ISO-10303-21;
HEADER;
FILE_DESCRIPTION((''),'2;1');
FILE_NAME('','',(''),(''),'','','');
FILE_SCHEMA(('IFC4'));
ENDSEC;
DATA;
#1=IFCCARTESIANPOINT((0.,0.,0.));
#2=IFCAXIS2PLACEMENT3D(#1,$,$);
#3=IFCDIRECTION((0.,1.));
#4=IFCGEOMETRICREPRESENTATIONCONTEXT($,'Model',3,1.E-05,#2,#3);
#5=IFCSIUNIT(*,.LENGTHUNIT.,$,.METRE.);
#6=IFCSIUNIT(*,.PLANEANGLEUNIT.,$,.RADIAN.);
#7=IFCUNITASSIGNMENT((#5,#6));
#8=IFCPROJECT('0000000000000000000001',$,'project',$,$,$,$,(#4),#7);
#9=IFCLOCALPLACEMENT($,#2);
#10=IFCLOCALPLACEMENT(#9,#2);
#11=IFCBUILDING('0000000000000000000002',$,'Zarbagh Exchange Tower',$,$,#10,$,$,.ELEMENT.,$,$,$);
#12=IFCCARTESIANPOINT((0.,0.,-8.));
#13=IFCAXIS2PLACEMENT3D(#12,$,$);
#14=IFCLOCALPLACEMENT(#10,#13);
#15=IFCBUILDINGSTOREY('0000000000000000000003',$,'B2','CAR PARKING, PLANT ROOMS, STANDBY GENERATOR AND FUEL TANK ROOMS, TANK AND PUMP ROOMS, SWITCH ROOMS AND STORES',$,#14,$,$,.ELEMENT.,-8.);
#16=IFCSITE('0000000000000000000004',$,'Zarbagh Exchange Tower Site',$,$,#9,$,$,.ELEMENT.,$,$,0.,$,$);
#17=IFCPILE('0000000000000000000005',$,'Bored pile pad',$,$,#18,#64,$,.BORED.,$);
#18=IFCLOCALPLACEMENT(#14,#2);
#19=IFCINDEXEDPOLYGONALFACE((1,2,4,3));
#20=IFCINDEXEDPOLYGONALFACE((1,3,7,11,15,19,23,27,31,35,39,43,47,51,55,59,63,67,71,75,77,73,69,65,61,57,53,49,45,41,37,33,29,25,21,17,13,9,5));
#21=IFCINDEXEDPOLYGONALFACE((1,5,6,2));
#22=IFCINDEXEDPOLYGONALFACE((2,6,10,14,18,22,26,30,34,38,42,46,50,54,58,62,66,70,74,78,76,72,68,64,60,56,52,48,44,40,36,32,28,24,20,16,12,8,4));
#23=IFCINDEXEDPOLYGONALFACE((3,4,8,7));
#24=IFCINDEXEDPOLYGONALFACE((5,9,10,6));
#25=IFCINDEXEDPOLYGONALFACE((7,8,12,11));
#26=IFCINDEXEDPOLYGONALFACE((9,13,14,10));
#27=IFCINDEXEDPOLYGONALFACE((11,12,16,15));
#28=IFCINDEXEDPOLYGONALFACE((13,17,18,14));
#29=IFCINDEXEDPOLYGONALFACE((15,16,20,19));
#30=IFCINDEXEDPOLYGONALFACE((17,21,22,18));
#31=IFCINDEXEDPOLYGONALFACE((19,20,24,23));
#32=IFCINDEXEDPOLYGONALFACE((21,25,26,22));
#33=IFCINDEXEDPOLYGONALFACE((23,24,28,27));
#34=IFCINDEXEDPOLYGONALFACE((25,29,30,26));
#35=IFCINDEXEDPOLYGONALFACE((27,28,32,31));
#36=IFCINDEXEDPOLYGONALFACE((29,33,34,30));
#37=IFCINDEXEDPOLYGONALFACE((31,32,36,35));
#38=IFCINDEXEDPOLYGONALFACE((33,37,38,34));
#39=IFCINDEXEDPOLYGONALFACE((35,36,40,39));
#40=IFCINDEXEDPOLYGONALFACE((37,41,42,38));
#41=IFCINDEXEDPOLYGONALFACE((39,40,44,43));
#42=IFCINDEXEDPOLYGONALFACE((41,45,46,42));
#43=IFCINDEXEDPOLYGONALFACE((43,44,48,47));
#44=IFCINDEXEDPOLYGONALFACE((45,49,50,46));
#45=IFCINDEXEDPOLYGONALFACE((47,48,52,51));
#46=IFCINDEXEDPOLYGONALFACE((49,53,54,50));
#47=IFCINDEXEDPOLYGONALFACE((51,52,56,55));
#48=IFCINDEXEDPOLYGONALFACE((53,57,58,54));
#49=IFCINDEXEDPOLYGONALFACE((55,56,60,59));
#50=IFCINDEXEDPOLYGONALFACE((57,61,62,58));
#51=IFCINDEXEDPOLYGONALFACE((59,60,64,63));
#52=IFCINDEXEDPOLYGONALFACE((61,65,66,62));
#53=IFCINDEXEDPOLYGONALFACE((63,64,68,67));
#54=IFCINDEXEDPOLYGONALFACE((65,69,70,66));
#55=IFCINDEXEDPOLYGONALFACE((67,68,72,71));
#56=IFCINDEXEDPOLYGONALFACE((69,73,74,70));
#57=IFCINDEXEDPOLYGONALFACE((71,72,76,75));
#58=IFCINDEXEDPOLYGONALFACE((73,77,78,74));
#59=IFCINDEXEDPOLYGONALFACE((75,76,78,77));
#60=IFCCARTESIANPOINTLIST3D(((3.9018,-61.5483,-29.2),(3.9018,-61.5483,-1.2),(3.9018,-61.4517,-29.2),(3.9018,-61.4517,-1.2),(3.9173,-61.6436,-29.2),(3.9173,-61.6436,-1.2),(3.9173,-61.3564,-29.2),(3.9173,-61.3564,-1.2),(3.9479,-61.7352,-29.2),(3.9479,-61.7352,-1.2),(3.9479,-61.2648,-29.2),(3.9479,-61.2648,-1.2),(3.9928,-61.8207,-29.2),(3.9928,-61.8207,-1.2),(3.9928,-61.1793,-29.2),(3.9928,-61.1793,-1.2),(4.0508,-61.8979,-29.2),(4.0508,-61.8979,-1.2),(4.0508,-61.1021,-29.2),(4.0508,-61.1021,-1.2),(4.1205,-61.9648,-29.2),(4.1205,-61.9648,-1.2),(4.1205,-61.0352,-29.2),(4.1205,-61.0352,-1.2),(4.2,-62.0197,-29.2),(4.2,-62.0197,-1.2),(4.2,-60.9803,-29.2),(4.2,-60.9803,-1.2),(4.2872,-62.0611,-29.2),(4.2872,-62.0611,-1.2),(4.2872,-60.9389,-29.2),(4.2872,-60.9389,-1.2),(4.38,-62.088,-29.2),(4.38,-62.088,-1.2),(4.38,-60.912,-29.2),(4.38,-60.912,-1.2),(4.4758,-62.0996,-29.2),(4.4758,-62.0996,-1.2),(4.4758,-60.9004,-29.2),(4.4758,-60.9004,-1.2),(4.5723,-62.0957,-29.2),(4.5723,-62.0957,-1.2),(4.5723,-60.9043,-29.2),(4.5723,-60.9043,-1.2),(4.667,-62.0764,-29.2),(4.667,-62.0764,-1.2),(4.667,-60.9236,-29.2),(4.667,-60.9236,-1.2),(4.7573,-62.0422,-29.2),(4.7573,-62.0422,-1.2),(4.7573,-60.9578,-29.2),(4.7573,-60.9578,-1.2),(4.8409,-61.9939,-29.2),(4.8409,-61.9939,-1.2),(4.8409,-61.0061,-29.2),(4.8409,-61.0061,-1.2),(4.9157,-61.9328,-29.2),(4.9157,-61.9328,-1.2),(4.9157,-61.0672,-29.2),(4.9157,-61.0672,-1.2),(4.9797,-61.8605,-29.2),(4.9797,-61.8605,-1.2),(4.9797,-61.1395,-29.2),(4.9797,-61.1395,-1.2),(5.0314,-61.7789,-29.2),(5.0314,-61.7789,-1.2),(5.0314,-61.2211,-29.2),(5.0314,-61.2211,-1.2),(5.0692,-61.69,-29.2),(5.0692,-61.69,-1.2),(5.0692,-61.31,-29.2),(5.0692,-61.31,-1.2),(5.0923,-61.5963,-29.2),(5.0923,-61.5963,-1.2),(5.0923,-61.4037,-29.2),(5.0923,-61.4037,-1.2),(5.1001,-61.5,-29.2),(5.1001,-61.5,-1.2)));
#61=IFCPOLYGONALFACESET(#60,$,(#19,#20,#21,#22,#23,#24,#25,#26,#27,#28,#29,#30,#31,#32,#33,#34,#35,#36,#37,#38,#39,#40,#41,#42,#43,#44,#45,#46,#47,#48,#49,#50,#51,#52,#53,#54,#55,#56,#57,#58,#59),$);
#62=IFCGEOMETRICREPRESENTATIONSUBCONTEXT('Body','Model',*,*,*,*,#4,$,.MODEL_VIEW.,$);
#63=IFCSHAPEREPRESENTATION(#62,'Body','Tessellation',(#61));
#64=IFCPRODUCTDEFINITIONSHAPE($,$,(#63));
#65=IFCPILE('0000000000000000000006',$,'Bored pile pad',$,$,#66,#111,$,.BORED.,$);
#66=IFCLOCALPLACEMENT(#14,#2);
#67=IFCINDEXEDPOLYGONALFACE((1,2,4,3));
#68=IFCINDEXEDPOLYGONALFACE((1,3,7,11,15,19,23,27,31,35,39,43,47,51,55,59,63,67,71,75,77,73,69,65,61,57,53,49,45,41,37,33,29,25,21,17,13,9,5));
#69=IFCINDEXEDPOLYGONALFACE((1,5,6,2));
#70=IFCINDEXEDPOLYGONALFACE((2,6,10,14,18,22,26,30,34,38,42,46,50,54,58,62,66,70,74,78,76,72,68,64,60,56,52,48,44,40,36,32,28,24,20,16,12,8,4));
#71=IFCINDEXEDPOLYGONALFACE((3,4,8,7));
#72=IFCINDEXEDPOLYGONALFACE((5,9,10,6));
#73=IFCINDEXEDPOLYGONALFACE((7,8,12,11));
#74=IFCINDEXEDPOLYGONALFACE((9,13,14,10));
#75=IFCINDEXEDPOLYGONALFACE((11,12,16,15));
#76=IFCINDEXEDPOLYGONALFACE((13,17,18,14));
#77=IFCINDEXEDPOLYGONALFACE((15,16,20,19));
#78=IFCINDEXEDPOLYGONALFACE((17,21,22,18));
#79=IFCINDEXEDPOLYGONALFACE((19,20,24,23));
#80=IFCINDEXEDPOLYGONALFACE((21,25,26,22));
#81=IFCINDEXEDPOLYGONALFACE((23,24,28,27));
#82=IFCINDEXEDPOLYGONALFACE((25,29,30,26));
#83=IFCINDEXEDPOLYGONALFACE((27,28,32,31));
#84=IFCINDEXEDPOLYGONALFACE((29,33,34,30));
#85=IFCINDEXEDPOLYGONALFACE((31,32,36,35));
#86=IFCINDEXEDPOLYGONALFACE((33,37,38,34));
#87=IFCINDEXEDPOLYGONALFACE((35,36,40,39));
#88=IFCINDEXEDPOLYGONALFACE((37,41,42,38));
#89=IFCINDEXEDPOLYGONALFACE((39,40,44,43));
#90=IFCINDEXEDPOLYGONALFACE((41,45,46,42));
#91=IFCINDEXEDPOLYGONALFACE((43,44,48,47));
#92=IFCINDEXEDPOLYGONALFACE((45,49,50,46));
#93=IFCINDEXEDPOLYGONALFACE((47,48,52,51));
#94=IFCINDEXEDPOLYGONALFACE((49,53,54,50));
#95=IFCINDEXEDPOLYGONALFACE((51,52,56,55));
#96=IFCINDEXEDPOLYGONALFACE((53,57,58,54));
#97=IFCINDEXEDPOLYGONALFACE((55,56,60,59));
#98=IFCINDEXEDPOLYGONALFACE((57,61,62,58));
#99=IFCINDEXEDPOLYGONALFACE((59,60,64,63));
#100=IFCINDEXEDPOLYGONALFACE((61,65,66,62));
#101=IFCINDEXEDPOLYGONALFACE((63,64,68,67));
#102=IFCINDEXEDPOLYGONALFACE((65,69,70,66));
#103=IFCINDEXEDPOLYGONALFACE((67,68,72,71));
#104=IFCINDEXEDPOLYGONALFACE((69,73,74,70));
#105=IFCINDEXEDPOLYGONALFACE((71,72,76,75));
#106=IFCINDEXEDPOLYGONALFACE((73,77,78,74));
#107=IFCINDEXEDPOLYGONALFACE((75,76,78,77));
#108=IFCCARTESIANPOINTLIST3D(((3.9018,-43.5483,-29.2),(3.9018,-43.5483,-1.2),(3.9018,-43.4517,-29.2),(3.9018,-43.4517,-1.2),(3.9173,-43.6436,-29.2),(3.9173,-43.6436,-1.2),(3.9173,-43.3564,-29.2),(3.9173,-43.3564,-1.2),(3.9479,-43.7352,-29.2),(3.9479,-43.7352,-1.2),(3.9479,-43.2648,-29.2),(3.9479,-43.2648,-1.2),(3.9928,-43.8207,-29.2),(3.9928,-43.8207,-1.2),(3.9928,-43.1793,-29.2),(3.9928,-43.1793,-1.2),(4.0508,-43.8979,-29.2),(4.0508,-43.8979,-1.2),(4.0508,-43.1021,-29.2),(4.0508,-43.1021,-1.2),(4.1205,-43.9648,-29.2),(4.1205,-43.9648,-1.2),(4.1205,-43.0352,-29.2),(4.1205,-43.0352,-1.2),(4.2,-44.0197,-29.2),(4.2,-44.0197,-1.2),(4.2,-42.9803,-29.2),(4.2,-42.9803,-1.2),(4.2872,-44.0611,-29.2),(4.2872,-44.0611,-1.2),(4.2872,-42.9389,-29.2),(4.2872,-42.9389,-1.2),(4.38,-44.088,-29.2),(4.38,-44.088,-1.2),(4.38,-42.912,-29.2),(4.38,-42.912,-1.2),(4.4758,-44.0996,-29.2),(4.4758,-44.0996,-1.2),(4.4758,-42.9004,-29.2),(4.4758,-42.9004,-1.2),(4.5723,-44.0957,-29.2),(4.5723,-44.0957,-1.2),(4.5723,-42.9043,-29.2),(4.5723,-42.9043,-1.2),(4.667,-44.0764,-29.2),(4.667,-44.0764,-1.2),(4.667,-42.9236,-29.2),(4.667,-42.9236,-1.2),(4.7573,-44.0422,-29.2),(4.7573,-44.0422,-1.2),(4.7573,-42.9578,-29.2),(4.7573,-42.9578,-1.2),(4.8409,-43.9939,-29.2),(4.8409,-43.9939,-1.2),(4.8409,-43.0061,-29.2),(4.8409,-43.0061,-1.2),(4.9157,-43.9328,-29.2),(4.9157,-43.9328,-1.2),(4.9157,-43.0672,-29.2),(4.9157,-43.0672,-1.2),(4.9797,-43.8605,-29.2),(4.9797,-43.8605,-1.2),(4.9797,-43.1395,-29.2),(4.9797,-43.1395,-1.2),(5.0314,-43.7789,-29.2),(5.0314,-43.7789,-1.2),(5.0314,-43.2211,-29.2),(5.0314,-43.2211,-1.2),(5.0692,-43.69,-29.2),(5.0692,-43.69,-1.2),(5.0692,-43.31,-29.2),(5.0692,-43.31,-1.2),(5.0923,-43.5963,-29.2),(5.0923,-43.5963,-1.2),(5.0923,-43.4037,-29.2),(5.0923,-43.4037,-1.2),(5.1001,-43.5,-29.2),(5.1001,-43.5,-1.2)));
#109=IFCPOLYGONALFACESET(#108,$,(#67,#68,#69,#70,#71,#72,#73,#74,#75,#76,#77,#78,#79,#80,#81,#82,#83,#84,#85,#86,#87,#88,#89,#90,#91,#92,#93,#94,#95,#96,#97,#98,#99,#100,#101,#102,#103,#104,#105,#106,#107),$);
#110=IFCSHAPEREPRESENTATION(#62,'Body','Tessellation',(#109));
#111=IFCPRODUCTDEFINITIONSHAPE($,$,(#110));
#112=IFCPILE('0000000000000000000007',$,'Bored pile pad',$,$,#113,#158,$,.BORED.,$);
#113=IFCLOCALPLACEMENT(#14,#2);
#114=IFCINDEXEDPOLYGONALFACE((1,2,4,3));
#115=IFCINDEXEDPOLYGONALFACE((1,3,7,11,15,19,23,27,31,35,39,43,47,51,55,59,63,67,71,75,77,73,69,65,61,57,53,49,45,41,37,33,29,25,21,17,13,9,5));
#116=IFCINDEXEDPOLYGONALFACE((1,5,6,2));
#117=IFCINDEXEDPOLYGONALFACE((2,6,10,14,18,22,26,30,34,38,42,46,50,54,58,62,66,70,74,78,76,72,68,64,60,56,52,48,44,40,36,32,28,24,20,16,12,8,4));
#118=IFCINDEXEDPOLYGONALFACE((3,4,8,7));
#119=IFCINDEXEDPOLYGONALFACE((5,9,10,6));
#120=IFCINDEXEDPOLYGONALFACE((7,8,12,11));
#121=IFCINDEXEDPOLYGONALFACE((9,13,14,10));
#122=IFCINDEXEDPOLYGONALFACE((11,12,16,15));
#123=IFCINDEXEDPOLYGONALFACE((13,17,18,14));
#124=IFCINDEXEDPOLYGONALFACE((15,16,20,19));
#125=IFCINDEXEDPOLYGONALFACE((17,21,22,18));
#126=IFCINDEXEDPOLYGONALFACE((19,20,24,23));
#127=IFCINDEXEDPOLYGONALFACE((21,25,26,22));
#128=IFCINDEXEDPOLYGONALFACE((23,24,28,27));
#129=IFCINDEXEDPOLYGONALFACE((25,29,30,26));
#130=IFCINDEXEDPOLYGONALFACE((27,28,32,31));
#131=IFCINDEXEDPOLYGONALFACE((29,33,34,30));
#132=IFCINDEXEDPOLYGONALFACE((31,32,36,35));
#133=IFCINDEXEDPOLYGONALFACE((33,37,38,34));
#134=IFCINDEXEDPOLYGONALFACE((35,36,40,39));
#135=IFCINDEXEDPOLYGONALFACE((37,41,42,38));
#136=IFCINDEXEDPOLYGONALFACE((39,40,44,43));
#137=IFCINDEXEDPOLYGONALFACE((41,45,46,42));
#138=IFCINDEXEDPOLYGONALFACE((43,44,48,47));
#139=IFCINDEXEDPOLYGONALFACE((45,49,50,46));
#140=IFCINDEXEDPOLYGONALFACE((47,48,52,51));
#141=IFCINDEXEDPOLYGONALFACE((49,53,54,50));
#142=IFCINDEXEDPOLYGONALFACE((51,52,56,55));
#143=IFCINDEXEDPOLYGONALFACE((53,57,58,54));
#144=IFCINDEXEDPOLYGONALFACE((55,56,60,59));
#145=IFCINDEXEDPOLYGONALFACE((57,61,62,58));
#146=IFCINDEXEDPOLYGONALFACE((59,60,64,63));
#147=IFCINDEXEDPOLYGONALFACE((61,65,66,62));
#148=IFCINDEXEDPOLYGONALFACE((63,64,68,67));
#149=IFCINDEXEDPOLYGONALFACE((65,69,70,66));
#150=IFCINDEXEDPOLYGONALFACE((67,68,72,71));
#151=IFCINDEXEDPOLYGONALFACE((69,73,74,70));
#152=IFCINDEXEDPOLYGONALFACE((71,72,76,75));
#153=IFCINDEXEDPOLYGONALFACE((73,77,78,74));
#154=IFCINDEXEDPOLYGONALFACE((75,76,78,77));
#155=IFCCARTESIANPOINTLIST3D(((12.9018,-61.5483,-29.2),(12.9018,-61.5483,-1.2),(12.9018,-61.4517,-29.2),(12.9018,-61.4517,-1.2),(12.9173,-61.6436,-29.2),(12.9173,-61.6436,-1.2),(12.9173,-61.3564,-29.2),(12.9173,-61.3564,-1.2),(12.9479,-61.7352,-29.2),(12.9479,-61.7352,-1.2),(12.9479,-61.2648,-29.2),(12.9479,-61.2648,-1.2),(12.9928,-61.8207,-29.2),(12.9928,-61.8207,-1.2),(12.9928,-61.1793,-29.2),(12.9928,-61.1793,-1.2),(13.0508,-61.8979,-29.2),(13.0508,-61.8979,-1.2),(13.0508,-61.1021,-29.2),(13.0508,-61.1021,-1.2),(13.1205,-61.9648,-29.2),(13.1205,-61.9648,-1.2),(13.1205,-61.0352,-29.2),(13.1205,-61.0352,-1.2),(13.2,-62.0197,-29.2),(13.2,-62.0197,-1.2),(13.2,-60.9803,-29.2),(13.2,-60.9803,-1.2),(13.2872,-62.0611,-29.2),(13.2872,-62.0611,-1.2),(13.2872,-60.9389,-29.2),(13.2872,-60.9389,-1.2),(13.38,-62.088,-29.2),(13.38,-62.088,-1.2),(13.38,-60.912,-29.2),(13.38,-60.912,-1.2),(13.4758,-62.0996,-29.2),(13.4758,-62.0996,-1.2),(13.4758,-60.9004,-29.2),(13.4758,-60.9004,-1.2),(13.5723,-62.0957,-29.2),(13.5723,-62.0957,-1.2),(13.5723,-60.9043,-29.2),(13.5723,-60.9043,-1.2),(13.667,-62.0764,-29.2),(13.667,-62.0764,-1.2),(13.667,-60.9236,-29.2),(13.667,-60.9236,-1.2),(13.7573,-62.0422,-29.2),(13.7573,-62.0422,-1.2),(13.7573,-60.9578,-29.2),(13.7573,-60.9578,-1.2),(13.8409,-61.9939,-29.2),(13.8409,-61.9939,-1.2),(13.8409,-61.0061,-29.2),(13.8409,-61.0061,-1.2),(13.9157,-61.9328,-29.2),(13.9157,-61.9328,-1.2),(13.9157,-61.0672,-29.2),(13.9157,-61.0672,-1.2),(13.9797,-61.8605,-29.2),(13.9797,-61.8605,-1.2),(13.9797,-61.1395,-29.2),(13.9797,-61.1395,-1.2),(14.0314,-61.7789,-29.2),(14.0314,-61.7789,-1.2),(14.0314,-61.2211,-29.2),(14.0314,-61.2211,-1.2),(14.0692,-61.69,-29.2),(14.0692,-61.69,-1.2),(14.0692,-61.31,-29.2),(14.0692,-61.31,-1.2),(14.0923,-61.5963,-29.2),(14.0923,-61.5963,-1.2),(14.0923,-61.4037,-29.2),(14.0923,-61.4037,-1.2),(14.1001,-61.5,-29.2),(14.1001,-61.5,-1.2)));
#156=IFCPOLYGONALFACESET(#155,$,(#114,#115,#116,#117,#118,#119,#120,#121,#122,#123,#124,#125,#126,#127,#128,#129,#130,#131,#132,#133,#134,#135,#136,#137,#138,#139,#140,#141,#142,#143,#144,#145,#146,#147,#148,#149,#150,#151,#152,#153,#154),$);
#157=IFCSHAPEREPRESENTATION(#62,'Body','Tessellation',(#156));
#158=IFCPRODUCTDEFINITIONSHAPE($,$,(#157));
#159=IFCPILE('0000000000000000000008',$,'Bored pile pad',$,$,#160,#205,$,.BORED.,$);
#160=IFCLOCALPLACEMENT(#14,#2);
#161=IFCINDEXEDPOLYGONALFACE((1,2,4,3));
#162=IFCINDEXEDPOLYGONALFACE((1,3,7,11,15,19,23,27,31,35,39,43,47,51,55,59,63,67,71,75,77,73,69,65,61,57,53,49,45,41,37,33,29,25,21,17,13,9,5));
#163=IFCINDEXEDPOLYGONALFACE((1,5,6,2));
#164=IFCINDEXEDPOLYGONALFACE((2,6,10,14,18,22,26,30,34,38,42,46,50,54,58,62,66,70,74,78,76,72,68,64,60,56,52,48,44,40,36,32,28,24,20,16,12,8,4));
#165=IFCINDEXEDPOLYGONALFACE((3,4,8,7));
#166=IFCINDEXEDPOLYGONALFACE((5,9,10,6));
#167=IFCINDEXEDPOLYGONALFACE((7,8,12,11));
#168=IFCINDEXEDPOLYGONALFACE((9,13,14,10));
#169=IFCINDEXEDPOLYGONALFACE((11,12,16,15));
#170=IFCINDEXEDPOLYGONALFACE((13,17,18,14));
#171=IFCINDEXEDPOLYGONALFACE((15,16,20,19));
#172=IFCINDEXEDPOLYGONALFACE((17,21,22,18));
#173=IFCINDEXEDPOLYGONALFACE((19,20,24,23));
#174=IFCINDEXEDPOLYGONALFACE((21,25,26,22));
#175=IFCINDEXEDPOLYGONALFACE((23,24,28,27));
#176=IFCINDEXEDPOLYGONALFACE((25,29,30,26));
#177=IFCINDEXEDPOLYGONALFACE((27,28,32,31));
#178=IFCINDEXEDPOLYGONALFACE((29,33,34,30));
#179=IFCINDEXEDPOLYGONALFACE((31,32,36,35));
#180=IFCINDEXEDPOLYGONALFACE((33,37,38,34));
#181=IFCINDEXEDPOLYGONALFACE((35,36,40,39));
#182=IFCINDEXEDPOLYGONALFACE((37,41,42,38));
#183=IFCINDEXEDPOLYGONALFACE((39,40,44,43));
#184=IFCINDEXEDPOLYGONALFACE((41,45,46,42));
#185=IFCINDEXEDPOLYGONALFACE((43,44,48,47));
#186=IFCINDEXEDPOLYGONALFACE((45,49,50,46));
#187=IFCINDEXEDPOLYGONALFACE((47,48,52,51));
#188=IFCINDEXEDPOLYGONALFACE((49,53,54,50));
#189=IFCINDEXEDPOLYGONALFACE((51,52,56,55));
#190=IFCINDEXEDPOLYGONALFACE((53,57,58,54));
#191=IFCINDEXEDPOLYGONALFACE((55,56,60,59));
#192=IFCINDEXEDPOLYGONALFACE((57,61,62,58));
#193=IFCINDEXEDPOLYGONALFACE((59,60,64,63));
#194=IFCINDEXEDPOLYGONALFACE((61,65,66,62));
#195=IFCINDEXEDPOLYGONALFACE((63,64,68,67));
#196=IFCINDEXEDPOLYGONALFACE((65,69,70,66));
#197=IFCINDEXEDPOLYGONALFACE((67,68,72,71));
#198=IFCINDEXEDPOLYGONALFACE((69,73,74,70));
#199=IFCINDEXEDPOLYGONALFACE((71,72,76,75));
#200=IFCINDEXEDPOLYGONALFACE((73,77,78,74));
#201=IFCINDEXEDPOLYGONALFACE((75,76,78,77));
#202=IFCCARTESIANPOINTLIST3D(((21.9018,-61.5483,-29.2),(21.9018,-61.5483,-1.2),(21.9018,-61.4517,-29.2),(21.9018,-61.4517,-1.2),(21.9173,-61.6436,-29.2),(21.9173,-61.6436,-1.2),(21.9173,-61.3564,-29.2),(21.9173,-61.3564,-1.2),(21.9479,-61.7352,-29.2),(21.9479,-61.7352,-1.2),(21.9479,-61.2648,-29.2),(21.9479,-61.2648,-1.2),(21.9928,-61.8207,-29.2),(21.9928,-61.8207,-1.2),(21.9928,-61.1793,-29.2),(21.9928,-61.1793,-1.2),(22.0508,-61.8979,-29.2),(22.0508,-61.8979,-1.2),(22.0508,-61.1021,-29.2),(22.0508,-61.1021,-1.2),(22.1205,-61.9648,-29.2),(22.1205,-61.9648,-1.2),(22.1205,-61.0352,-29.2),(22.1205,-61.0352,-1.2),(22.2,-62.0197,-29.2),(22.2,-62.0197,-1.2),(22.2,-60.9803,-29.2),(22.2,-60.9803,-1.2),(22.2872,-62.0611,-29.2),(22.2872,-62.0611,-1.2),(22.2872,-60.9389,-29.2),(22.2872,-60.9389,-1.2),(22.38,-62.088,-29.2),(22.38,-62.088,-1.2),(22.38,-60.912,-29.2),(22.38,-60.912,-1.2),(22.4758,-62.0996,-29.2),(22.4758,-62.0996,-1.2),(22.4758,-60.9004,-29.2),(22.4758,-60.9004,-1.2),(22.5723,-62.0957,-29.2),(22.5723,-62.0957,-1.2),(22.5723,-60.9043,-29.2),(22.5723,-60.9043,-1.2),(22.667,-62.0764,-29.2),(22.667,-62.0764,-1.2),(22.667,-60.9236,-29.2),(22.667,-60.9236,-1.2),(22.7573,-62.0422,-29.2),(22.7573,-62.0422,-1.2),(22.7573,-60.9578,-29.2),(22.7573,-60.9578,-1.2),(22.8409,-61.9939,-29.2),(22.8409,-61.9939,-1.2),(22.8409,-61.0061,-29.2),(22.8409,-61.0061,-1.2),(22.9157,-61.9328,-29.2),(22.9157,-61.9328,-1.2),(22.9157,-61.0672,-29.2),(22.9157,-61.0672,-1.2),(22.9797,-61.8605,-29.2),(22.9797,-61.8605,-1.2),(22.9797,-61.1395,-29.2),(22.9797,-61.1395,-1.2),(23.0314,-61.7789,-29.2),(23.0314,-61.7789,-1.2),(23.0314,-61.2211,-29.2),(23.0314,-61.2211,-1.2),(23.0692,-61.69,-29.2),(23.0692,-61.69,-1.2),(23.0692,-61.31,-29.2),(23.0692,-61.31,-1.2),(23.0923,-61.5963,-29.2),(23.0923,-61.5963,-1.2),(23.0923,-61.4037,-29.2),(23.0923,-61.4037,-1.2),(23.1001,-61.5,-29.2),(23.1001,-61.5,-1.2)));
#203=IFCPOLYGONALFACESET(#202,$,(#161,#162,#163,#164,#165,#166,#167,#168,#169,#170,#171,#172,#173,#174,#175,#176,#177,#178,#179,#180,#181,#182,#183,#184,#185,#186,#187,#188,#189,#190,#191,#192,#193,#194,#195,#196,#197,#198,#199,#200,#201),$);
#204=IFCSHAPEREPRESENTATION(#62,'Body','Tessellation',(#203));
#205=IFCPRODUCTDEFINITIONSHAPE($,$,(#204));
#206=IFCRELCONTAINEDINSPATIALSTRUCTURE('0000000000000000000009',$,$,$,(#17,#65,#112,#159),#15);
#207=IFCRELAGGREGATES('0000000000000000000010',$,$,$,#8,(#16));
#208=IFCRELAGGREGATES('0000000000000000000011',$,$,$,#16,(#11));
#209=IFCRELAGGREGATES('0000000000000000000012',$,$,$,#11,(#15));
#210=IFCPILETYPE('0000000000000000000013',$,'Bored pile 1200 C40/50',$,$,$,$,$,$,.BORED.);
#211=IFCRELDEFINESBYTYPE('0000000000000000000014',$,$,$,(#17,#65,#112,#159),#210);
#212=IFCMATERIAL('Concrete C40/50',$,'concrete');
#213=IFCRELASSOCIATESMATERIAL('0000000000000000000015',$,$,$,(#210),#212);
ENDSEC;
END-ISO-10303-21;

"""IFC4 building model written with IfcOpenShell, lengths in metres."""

from ifc_helpers import new_model, si_unit, direction, frame, origin, origin_2d, place, context, subcontext, project, spatial, circle, extrude, material, material_profile, profile_set, type_object, element, save


model = new_model("IFC4")

# Units and contexts
model_context = context("Model", 3, precision=1e-05, world=origin(), true_north=direction((0.0, 1.0)))
body_context = subcontext(model_context, "Body", "Model", "MODEL_VIEW")
ifc_project = project(units=[si_unit("LENGTHUNIT", "METRE"), si_unit("PLANEANGLEUNIT", "RADIAN")], contexts=[model_context])

# Site, building, storey
site_placement = place(None, origin())
site = spatial("IfcSite", under=ifc_project, at=site_placement, Name="Zarbagh Exchange Tower Site", CompositionType="ELEMENT", RefElevation=0.0)
building_placement = place(site_placement, origin())
building = spatial("IfcBuilding", under=site, at=building_placement, Name="Zarbagh Exchange Tower", CompositionType="ELEMENT")
storey_placement = place(building_placement, frame((0.0, 0.0, -8.0)))
storey = spatial("IfcBuildingStorey", under=building, at=storey_placement, Name="B2", Description="CAR PARKING, PLANT ROOMS, STANDBY GENERATOR AND FUEL TANK ROOMS, TANK AND PUMP ROOMS, SWITCH ROOMS AND STORES", CompositionType="ELEMENT", Elevation=-8.0)

# Piles
ifc_material_1 = material(Name="Concrete C40/50", Category="concrete")
ifc_material_profile_1 = material_profile(ifc_material_1, circle(Radius=0.6001, at=origin_2d()), Name="Bored pile 1200 C40/50")
ifc_profile_set_1 = profile_set([ifc_material_profile_1], Name="Concrete C40/50")
pile_type = type_object("IfcPileType", Name="Bored pile 1200 C40/50", PredefinedType="BORED", material=ifc_profile_set_1)
for number, where, z_axis, x_axis, name in (
    (1, (4.5, -61.5, -1.2), (0.0, 0.0, -1.0), (1.0, 0.0, 0.0), "Bored pile pad"),
    (2, (4.5, -43.5, -1.2), (0.0, 0.0, -1.0), (1.0, 0.0, 0.0), "Bored pile pad"),
    (3, (13.5, -61.5, -1.2), (0.0, 0.0, -1.0), (1.0, 0.0, 0.0), "Bored pile pad"),
    (4, (22.5, -61.5, -1.2), (0.0, 0.0, -1.0), (1.0, 0.0, 0.0), "Bored pile pad"),
):
    element("IfcPile", number, at=place(storey_placement, frame(where, z_axis=z_axis, x_axis=x_axis)), inside=storey, type_object=pile_type, Name=name, PredefinedType="BORED", context=body_context, shape_type="SweptSolid", body=[
        extrude(circle(Radius=0.6001, at=origin_2d()), origin(), (0.0, 0.0, 1.0), 28.0),
    ])

save(model, "model.ifc")
